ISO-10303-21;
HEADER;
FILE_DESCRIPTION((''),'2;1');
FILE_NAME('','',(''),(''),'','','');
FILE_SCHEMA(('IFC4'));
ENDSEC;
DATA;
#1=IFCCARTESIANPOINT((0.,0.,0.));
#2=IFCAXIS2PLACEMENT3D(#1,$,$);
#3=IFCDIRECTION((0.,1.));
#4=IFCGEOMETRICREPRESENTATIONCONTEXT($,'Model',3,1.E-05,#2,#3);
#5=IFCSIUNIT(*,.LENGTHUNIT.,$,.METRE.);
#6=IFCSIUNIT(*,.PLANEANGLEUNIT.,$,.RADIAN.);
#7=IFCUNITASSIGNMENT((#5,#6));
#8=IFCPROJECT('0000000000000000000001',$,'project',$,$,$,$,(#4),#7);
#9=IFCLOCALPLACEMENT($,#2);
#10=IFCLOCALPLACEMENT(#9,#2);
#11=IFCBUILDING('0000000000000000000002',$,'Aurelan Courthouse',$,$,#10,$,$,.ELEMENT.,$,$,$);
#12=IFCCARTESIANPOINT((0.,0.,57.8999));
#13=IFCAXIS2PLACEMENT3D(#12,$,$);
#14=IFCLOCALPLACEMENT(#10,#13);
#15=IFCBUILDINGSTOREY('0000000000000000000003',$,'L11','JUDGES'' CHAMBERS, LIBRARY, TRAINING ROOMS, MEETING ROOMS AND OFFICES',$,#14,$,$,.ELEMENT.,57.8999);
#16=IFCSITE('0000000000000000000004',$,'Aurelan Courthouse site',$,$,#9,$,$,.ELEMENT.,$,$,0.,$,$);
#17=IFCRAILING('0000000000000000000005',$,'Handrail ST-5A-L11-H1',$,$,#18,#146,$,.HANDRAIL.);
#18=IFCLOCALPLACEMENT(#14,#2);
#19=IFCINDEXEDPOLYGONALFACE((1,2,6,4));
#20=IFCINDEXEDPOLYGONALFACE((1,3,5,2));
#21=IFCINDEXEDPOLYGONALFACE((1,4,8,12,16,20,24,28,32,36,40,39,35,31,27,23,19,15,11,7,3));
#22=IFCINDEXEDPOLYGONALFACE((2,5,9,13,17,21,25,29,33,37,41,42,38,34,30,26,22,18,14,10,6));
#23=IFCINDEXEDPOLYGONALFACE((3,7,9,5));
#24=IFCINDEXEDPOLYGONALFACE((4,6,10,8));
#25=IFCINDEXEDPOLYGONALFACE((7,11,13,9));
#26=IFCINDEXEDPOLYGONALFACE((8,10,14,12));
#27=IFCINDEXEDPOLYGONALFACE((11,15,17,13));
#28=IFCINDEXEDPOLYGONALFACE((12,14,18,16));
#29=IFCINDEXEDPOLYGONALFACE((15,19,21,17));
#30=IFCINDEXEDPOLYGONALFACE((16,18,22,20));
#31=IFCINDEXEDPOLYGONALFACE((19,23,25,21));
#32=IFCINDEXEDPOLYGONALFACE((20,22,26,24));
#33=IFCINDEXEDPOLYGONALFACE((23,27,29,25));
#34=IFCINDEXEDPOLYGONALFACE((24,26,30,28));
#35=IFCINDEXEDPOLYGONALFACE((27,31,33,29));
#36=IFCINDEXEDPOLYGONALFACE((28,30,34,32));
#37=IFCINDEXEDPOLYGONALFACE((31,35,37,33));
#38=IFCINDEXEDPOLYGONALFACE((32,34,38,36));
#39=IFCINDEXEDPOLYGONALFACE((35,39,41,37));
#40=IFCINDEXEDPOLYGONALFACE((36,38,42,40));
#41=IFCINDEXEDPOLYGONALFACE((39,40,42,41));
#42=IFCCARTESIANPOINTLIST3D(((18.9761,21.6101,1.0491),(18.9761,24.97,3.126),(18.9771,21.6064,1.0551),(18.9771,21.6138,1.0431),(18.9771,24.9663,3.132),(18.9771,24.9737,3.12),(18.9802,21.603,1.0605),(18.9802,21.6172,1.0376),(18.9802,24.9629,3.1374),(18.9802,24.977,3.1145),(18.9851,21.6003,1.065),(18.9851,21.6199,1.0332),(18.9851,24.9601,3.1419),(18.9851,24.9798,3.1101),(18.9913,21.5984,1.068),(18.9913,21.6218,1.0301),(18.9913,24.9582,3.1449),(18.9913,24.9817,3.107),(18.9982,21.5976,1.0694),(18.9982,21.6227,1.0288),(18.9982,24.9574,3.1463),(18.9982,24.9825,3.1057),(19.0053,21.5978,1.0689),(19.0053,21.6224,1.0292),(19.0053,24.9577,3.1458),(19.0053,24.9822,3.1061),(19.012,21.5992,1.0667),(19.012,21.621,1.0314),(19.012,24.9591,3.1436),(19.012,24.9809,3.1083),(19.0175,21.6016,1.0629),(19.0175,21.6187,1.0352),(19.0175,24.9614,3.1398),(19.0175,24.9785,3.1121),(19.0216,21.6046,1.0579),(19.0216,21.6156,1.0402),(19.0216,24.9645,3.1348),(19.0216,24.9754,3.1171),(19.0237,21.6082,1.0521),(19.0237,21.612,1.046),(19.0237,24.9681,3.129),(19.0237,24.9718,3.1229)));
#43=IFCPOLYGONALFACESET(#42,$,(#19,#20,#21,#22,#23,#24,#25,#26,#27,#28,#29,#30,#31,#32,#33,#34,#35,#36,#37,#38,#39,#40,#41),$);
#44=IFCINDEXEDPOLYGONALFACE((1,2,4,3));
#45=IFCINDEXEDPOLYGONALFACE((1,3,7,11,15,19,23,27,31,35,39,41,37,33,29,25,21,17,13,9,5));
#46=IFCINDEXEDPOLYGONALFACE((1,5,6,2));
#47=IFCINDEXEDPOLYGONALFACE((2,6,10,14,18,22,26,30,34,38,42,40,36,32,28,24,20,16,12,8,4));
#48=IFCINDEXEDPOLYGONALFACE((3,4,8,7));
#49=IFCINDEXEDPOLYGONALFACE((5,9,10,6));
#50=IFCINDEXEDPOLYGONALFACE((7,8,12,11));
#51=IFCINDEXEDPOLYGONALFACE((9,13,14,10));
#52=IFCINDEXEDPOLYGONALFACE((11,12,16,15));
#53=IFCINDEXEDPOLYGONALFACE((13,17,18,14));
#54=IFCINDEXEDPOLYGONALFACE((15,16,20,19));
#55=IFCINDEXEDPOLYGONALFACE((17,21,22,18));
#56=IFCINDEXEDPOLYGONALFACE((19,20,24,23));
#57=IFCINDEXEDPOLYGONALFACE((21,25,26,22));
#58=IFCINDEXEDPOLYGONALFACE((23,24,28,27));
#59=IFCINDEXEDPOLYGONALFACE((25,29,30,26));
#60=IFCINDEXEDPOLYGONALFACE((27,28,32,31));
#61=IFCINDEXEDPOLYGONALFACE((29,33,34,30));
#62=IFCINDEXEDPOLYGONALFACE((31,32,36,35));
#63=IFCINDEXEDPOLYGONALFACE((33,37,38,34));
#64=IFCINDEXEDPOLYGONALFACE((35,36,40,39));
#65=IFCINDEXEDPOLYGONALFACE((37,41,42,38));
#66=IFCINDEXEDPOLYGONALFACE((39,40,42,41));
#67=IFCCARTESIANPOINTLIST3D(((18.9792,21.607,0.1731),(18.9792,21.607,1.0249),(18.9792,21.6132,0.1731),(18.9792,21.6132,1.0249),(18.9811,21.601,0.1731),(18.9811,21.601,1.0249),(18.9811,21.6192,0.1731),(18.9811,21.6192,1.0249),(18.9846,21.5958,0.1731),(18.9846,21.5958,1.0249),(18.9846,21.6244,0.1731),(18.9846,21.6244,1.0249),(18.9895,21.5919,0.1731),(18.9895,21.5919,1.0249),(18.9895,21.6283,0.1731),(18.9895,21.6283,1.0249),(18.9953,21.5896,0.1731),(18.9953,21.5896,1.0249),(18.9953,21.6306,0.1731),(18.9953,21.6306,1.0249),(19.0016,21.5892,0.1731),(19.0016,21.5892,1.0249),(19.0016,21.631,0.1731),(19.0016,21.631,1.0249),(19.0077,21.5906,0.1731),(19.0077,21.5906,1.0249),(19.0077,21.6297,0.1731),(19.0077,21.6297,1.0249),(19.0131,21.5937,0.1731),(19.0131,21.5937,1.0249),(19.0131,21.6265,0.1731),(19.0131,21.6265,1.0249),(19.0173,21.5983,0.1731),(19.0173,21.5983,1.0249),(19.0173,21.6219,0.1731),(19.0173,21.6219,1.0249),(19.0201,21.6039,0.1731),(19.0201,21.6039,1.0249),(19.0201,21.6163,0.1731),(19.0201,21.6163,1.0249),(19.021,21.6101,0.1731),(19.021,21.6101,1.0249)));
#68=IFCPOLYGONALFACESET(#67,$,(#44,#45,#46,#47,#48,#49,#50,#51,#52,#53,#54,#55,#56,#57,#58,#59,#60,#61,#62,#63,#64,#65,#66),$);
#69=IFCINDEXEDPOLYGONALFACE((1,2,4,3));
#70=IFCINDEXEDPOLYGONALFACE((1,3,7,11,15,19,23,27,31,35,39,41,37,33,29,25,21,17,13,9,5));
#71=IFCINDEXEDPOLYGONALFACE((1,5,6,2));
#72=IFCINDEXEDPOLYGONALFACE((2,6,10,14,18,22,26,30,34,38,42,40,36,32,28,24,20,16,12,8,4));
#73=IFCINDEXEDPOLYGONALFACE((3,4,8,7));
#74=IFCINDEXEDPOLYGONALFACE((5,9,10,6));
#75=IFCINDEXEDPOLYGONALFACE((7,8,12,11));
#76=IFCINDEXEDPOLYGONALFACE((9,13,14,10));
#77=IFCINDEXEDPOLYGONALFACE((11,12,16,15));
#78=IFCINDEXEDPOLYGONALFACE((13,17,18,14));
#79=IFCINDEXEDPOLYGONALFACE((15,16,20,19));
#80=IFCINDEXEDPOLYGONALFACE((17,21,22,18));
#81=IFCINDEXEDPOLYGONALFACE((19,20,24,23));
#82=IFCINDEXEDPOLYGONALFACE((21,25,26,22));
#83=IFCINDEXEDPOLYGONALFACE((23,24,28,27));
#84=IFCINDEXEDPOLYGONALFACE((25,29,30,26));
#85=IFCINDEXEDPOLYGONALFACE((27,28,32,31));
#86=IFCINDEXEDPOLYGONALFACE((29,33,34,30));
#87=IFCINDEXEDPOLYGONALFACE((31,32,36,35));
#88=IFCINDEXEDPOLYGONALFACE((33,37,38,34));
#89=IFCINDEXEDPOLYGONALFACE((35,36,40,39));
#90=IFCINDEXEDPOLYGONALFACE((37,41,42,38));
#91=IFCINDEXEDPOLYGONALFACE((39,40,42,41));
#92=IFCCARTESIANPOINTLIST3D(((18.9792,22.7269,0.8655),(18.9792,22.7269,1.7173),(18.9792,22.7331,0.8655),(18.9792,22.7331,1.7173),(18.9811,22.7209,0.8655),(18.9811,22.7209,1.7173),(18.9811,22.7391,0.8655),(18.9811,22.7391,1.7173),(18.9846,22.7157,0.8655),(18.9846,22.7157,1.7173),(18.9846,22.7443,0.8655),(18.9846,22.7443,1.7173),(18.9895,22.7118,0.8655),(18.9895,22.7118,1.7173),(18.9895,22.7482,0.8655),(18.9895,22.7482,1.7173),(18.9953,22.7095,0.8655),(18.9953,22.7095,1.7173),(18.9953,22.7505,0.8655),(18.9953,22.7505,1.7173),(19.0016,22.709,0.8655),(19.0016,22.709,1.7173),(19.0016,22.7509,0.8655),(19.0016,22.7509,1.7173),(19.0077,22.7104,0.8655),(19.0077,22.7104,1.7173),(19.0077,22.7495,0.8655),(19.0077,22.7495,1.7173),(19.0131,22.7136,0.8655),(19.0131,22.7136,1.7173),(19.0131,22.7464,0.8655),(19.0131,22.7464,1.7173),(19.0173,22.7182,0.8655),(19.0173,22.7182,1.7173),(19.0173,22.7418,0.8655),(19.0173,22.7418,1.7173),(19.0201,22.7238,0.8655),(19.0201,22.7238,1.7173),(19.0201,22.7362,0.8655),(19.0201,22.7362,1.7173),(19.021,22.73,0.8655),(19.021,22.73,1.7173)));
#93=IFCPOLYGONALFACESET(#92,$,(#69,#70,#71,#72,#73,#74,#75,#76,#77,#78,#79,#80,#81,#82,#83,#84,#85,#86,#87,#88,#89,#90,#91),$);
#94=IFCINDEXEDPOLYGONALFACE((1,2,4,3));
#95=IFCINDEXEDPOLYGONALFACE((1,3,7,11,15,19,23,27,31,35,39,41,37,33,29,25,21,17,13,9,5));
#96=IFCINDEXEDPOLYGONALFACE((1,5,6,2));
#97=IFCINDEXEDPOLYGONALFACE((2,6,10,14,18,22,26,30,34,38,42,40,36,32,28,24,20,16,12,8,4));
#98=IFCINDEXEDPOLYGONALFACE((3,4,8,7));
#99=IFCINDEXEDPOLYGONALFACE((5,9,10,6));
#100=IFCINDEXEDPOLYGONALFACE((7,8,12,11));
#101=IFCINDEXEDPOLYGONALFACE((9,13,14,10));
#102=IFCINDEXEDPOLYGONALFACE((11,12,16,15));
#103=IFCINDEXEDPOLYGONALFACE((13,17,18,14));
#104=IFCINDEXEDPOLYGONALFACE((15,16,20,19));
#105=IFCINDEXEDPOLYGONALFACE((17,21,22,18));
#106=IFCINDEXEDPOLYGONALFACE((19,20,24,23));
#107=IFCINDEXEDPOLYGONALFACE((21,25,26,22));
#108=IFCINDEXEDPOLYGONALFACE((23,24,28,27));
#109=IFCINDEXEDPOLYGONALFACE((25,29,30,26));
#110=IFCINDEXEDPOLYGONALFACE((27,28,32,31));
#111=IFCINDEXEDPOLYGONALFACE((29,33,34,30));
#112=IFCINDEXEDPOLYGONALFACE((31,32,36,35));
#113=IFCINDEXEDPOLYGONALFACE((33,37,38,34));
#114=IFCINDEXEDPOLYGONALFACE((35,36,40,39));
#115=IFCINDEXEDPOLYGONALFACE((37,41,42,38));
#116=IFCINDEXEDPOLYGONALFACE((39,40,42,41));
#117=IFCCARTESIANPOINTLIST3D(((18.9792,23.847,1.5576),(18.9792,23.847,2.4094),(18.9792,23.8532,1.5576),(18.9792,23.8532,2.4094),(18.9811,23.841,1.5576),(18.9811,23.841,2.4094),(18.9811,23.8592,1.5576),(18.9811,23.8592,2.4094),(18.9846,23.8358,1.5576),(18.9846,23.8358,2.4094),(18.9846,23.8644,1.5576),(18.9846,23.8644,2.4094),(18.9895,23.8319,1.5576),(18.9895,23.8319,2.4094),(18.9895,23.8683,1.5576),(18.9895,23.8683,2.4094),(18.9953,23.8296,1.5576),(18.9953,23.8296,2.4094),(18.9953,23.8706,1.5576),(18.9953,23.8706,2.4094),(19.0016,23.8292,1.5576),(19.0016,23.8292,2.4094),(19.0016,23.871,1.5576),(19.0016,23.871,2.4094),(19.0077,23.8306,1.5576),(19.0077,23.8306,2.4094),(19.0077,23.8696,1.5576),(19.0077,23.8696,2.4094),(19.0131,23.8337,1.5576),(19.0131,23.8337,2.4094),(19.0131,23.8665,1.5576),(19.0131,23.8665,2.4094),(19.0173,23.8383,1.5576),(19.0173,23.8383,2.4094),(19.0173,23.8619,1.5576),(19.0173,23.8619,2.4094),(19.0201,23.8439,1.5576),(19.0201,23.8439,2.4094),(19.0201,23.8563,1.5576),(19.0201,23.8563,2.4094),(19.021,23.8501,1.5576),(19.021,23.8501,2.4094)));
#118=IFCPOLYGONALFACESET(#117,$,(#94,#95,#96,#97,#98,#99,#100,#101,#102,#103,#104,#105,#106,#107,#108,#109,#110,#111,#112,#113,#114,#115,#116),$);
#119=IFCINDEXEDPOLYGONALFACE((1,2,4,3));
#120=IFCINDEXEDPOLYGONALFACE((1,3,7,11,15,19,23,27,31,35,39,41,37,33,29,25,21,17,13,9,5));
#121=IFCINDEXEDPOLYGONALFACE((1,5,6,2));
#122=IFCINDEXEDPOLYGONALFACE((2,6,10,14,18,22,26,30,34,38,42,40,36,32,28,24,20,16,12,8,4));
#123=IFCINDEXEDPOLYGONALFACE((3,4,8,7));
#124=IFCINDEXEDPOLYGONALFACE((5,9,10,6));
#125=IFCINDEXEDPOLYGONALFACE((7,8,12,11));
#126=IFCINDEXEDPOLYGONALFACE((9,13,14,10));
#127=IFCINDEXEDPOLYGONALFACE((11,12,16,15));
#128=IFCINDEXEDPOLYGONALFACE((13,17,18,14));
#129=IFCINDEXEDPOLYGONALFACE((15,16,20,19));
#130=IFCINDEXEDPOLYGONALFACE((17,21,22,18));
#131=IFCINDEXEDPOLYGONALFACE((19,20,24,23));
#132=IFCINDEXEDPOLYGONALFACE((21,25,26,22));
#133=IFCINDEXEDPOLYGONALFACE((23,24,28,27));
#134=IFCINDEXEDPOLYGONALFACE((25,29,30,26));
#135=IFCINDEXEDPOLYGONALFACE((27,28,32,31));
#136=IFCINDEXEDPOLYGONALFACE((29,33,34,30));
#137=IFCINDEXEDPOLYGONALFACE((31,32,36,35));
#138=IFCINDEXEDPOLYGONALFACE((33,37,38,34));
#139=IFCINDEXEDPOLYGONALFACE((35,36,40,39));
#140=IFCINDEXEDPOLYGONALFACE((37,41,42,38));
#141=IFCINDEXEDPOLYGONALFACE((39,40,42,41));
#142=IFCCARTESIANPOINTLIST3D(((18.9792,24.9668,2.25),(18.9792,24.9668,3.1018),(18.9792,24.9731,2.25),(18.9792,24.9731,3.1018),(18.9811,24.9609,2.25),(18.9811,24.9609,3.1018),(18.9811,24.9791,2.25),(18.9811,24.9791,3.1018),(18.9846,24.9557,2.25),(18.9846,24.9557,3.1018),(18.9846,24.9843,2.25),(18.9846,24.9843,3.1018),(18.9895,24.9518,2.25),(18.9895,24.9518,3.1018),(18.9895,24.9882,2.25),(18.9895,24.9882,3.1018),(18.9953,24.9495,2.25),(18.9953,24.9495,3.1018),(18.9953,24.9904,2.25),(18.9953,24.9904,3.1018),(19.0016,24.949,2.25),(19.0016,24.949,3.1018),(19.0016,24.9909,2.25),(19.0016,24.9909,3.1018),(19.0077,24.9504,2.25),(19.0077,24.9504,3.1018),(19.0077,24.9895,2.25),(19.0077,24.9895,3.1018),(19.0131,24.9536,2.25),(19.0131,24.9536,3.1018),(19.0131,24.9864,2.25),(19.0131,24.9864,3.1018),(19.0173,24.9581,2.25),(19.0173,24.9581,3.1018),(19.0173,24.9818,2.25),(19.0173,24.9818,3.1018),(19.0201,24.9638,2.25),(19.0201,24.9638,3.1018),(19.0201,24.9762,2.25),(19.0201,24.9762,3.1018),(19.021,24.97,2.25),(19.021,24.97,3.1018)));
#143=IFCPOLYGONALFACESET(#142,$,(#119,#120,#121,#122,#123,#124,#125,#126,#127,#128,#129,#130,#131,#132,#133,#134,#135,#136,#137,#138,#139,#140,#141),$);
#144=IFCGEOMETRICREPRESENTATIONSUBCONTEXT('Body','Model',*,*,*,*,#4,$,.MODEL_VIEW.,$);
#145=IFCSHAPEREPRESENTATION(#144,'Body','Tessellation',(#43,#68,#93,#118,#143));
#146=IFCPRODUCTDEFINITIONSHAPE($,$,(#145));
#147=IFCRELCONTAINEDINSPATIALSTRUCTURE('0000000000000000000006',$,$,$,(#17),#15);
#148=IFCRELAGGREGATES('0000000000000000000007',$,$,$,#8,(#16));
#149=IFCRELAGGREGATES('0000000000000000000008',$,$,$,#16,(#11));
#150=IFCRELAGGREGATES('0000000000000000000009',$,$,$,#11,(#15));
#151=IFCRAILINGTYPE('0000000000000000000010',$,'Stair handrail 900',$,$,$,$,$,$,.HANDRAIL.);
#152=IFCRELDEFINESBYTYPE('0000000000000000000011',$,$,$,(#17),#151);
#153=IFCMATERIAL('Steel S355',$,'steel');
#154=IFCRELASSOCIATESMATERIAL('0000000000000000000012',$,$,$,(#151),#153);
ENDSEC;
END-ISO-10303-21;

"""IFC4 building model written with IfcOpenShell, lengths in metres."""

from ifc_helpers import new_model, si_unit, direction, frame, origin, origin_2d, place, context, subcontext, project, spatial, circle, extrude, material, type_object, element, save


model = new_model("IFC4")

# Units and contexts
model_context = context("Model", 3, precision=1e-05, world=origin(), true_north=direction((0.0, 1.0)))
body_context = subcontext(model_context, "Body", "Model", "MODEL_VIEW")
ifc_project = project(units=[si_unit("LENGTHUNIT", "METRE"), si_unit("PLANEANGLEUNIT", "RADIAN")], contexts=[model_context])

# Site, building, storey
site_placement = place(None, origin())
site = spatial("IfcSite", under=ifc_project, at=site_placement, Name="Aurelan Courthouse site", CompositionType="ELEMENT", RefElevation=0.0)
building_placement = place(site_placement, origin())
building = spatial("IfcBuilding", under=site, at=building_placement, Name="Aurelan Courthouse", CompositionType="ELEMENT")
storey_placement = place(building_placement, frame((0.0, 0.0, 57.8999)))
storey = spatial("IfcBuildingStorey", under=building, at=storey_placement, Name="L11", Description="JUDGES' CHAMBERS, LIBRARY, TRAINING ROOMS, MEETING ROOMS AND OFFICES", CompositionType="ELEMENT", Elevation=57.8999)

# Railing
ifc_material_1 = material(Name="Steel S355", Category="steel")
railing_type_1 = type_object("IfcRailingType", Name="Stair handrail 900", PredefinedType="HANDRAIL", material=ifc_material_1)
for number, where, name in (
    (1, (19.0, 21.6101, 0.1731), "Handrail ST-5A-L11-H1"),
):
    element("IfcRailing", number, at=place(storey_placement, frame(where)), inside=storey, type_object=railing_type_1, Name=name, PredefinedType="HANDRAIL", context=body_context, shape_type="SweptSolid", body=[
        extrude(circle(Radius=0.0239, at=origin_2d()), frame((0.0, 0.0, 0.876), z_axis=(0.0, 0.850606, 0.525803), x_axis=(-1.0, 0.0, 0.0)), (0.0, 0.0, 1.0), 3.95),
        extrude(circle(Radius=0.021, at=origin_2d()), origin(), (0.0, 0.0, 1.0), 0.8518),
        extrude(circle(Radius=0.021, at=origin_2d()), frame((0.0, 1.1199, 0.6924)), (0.0, 0.0, 1.0), 0.8518),
        extrude(circle(Radius=0.021, at=origin_2d()), frame((0.0, 2.24, 1.3845)), (0.0, 0.0, 1.0), 0.8518),
        extrude(circle(Radius=0.021, at=origin_2d()), frame((0.0, 3.3599, 2.0769)), (0.0, 0.0, 1.0), 0.8518),
    ])

save(model, "model.ifc")
